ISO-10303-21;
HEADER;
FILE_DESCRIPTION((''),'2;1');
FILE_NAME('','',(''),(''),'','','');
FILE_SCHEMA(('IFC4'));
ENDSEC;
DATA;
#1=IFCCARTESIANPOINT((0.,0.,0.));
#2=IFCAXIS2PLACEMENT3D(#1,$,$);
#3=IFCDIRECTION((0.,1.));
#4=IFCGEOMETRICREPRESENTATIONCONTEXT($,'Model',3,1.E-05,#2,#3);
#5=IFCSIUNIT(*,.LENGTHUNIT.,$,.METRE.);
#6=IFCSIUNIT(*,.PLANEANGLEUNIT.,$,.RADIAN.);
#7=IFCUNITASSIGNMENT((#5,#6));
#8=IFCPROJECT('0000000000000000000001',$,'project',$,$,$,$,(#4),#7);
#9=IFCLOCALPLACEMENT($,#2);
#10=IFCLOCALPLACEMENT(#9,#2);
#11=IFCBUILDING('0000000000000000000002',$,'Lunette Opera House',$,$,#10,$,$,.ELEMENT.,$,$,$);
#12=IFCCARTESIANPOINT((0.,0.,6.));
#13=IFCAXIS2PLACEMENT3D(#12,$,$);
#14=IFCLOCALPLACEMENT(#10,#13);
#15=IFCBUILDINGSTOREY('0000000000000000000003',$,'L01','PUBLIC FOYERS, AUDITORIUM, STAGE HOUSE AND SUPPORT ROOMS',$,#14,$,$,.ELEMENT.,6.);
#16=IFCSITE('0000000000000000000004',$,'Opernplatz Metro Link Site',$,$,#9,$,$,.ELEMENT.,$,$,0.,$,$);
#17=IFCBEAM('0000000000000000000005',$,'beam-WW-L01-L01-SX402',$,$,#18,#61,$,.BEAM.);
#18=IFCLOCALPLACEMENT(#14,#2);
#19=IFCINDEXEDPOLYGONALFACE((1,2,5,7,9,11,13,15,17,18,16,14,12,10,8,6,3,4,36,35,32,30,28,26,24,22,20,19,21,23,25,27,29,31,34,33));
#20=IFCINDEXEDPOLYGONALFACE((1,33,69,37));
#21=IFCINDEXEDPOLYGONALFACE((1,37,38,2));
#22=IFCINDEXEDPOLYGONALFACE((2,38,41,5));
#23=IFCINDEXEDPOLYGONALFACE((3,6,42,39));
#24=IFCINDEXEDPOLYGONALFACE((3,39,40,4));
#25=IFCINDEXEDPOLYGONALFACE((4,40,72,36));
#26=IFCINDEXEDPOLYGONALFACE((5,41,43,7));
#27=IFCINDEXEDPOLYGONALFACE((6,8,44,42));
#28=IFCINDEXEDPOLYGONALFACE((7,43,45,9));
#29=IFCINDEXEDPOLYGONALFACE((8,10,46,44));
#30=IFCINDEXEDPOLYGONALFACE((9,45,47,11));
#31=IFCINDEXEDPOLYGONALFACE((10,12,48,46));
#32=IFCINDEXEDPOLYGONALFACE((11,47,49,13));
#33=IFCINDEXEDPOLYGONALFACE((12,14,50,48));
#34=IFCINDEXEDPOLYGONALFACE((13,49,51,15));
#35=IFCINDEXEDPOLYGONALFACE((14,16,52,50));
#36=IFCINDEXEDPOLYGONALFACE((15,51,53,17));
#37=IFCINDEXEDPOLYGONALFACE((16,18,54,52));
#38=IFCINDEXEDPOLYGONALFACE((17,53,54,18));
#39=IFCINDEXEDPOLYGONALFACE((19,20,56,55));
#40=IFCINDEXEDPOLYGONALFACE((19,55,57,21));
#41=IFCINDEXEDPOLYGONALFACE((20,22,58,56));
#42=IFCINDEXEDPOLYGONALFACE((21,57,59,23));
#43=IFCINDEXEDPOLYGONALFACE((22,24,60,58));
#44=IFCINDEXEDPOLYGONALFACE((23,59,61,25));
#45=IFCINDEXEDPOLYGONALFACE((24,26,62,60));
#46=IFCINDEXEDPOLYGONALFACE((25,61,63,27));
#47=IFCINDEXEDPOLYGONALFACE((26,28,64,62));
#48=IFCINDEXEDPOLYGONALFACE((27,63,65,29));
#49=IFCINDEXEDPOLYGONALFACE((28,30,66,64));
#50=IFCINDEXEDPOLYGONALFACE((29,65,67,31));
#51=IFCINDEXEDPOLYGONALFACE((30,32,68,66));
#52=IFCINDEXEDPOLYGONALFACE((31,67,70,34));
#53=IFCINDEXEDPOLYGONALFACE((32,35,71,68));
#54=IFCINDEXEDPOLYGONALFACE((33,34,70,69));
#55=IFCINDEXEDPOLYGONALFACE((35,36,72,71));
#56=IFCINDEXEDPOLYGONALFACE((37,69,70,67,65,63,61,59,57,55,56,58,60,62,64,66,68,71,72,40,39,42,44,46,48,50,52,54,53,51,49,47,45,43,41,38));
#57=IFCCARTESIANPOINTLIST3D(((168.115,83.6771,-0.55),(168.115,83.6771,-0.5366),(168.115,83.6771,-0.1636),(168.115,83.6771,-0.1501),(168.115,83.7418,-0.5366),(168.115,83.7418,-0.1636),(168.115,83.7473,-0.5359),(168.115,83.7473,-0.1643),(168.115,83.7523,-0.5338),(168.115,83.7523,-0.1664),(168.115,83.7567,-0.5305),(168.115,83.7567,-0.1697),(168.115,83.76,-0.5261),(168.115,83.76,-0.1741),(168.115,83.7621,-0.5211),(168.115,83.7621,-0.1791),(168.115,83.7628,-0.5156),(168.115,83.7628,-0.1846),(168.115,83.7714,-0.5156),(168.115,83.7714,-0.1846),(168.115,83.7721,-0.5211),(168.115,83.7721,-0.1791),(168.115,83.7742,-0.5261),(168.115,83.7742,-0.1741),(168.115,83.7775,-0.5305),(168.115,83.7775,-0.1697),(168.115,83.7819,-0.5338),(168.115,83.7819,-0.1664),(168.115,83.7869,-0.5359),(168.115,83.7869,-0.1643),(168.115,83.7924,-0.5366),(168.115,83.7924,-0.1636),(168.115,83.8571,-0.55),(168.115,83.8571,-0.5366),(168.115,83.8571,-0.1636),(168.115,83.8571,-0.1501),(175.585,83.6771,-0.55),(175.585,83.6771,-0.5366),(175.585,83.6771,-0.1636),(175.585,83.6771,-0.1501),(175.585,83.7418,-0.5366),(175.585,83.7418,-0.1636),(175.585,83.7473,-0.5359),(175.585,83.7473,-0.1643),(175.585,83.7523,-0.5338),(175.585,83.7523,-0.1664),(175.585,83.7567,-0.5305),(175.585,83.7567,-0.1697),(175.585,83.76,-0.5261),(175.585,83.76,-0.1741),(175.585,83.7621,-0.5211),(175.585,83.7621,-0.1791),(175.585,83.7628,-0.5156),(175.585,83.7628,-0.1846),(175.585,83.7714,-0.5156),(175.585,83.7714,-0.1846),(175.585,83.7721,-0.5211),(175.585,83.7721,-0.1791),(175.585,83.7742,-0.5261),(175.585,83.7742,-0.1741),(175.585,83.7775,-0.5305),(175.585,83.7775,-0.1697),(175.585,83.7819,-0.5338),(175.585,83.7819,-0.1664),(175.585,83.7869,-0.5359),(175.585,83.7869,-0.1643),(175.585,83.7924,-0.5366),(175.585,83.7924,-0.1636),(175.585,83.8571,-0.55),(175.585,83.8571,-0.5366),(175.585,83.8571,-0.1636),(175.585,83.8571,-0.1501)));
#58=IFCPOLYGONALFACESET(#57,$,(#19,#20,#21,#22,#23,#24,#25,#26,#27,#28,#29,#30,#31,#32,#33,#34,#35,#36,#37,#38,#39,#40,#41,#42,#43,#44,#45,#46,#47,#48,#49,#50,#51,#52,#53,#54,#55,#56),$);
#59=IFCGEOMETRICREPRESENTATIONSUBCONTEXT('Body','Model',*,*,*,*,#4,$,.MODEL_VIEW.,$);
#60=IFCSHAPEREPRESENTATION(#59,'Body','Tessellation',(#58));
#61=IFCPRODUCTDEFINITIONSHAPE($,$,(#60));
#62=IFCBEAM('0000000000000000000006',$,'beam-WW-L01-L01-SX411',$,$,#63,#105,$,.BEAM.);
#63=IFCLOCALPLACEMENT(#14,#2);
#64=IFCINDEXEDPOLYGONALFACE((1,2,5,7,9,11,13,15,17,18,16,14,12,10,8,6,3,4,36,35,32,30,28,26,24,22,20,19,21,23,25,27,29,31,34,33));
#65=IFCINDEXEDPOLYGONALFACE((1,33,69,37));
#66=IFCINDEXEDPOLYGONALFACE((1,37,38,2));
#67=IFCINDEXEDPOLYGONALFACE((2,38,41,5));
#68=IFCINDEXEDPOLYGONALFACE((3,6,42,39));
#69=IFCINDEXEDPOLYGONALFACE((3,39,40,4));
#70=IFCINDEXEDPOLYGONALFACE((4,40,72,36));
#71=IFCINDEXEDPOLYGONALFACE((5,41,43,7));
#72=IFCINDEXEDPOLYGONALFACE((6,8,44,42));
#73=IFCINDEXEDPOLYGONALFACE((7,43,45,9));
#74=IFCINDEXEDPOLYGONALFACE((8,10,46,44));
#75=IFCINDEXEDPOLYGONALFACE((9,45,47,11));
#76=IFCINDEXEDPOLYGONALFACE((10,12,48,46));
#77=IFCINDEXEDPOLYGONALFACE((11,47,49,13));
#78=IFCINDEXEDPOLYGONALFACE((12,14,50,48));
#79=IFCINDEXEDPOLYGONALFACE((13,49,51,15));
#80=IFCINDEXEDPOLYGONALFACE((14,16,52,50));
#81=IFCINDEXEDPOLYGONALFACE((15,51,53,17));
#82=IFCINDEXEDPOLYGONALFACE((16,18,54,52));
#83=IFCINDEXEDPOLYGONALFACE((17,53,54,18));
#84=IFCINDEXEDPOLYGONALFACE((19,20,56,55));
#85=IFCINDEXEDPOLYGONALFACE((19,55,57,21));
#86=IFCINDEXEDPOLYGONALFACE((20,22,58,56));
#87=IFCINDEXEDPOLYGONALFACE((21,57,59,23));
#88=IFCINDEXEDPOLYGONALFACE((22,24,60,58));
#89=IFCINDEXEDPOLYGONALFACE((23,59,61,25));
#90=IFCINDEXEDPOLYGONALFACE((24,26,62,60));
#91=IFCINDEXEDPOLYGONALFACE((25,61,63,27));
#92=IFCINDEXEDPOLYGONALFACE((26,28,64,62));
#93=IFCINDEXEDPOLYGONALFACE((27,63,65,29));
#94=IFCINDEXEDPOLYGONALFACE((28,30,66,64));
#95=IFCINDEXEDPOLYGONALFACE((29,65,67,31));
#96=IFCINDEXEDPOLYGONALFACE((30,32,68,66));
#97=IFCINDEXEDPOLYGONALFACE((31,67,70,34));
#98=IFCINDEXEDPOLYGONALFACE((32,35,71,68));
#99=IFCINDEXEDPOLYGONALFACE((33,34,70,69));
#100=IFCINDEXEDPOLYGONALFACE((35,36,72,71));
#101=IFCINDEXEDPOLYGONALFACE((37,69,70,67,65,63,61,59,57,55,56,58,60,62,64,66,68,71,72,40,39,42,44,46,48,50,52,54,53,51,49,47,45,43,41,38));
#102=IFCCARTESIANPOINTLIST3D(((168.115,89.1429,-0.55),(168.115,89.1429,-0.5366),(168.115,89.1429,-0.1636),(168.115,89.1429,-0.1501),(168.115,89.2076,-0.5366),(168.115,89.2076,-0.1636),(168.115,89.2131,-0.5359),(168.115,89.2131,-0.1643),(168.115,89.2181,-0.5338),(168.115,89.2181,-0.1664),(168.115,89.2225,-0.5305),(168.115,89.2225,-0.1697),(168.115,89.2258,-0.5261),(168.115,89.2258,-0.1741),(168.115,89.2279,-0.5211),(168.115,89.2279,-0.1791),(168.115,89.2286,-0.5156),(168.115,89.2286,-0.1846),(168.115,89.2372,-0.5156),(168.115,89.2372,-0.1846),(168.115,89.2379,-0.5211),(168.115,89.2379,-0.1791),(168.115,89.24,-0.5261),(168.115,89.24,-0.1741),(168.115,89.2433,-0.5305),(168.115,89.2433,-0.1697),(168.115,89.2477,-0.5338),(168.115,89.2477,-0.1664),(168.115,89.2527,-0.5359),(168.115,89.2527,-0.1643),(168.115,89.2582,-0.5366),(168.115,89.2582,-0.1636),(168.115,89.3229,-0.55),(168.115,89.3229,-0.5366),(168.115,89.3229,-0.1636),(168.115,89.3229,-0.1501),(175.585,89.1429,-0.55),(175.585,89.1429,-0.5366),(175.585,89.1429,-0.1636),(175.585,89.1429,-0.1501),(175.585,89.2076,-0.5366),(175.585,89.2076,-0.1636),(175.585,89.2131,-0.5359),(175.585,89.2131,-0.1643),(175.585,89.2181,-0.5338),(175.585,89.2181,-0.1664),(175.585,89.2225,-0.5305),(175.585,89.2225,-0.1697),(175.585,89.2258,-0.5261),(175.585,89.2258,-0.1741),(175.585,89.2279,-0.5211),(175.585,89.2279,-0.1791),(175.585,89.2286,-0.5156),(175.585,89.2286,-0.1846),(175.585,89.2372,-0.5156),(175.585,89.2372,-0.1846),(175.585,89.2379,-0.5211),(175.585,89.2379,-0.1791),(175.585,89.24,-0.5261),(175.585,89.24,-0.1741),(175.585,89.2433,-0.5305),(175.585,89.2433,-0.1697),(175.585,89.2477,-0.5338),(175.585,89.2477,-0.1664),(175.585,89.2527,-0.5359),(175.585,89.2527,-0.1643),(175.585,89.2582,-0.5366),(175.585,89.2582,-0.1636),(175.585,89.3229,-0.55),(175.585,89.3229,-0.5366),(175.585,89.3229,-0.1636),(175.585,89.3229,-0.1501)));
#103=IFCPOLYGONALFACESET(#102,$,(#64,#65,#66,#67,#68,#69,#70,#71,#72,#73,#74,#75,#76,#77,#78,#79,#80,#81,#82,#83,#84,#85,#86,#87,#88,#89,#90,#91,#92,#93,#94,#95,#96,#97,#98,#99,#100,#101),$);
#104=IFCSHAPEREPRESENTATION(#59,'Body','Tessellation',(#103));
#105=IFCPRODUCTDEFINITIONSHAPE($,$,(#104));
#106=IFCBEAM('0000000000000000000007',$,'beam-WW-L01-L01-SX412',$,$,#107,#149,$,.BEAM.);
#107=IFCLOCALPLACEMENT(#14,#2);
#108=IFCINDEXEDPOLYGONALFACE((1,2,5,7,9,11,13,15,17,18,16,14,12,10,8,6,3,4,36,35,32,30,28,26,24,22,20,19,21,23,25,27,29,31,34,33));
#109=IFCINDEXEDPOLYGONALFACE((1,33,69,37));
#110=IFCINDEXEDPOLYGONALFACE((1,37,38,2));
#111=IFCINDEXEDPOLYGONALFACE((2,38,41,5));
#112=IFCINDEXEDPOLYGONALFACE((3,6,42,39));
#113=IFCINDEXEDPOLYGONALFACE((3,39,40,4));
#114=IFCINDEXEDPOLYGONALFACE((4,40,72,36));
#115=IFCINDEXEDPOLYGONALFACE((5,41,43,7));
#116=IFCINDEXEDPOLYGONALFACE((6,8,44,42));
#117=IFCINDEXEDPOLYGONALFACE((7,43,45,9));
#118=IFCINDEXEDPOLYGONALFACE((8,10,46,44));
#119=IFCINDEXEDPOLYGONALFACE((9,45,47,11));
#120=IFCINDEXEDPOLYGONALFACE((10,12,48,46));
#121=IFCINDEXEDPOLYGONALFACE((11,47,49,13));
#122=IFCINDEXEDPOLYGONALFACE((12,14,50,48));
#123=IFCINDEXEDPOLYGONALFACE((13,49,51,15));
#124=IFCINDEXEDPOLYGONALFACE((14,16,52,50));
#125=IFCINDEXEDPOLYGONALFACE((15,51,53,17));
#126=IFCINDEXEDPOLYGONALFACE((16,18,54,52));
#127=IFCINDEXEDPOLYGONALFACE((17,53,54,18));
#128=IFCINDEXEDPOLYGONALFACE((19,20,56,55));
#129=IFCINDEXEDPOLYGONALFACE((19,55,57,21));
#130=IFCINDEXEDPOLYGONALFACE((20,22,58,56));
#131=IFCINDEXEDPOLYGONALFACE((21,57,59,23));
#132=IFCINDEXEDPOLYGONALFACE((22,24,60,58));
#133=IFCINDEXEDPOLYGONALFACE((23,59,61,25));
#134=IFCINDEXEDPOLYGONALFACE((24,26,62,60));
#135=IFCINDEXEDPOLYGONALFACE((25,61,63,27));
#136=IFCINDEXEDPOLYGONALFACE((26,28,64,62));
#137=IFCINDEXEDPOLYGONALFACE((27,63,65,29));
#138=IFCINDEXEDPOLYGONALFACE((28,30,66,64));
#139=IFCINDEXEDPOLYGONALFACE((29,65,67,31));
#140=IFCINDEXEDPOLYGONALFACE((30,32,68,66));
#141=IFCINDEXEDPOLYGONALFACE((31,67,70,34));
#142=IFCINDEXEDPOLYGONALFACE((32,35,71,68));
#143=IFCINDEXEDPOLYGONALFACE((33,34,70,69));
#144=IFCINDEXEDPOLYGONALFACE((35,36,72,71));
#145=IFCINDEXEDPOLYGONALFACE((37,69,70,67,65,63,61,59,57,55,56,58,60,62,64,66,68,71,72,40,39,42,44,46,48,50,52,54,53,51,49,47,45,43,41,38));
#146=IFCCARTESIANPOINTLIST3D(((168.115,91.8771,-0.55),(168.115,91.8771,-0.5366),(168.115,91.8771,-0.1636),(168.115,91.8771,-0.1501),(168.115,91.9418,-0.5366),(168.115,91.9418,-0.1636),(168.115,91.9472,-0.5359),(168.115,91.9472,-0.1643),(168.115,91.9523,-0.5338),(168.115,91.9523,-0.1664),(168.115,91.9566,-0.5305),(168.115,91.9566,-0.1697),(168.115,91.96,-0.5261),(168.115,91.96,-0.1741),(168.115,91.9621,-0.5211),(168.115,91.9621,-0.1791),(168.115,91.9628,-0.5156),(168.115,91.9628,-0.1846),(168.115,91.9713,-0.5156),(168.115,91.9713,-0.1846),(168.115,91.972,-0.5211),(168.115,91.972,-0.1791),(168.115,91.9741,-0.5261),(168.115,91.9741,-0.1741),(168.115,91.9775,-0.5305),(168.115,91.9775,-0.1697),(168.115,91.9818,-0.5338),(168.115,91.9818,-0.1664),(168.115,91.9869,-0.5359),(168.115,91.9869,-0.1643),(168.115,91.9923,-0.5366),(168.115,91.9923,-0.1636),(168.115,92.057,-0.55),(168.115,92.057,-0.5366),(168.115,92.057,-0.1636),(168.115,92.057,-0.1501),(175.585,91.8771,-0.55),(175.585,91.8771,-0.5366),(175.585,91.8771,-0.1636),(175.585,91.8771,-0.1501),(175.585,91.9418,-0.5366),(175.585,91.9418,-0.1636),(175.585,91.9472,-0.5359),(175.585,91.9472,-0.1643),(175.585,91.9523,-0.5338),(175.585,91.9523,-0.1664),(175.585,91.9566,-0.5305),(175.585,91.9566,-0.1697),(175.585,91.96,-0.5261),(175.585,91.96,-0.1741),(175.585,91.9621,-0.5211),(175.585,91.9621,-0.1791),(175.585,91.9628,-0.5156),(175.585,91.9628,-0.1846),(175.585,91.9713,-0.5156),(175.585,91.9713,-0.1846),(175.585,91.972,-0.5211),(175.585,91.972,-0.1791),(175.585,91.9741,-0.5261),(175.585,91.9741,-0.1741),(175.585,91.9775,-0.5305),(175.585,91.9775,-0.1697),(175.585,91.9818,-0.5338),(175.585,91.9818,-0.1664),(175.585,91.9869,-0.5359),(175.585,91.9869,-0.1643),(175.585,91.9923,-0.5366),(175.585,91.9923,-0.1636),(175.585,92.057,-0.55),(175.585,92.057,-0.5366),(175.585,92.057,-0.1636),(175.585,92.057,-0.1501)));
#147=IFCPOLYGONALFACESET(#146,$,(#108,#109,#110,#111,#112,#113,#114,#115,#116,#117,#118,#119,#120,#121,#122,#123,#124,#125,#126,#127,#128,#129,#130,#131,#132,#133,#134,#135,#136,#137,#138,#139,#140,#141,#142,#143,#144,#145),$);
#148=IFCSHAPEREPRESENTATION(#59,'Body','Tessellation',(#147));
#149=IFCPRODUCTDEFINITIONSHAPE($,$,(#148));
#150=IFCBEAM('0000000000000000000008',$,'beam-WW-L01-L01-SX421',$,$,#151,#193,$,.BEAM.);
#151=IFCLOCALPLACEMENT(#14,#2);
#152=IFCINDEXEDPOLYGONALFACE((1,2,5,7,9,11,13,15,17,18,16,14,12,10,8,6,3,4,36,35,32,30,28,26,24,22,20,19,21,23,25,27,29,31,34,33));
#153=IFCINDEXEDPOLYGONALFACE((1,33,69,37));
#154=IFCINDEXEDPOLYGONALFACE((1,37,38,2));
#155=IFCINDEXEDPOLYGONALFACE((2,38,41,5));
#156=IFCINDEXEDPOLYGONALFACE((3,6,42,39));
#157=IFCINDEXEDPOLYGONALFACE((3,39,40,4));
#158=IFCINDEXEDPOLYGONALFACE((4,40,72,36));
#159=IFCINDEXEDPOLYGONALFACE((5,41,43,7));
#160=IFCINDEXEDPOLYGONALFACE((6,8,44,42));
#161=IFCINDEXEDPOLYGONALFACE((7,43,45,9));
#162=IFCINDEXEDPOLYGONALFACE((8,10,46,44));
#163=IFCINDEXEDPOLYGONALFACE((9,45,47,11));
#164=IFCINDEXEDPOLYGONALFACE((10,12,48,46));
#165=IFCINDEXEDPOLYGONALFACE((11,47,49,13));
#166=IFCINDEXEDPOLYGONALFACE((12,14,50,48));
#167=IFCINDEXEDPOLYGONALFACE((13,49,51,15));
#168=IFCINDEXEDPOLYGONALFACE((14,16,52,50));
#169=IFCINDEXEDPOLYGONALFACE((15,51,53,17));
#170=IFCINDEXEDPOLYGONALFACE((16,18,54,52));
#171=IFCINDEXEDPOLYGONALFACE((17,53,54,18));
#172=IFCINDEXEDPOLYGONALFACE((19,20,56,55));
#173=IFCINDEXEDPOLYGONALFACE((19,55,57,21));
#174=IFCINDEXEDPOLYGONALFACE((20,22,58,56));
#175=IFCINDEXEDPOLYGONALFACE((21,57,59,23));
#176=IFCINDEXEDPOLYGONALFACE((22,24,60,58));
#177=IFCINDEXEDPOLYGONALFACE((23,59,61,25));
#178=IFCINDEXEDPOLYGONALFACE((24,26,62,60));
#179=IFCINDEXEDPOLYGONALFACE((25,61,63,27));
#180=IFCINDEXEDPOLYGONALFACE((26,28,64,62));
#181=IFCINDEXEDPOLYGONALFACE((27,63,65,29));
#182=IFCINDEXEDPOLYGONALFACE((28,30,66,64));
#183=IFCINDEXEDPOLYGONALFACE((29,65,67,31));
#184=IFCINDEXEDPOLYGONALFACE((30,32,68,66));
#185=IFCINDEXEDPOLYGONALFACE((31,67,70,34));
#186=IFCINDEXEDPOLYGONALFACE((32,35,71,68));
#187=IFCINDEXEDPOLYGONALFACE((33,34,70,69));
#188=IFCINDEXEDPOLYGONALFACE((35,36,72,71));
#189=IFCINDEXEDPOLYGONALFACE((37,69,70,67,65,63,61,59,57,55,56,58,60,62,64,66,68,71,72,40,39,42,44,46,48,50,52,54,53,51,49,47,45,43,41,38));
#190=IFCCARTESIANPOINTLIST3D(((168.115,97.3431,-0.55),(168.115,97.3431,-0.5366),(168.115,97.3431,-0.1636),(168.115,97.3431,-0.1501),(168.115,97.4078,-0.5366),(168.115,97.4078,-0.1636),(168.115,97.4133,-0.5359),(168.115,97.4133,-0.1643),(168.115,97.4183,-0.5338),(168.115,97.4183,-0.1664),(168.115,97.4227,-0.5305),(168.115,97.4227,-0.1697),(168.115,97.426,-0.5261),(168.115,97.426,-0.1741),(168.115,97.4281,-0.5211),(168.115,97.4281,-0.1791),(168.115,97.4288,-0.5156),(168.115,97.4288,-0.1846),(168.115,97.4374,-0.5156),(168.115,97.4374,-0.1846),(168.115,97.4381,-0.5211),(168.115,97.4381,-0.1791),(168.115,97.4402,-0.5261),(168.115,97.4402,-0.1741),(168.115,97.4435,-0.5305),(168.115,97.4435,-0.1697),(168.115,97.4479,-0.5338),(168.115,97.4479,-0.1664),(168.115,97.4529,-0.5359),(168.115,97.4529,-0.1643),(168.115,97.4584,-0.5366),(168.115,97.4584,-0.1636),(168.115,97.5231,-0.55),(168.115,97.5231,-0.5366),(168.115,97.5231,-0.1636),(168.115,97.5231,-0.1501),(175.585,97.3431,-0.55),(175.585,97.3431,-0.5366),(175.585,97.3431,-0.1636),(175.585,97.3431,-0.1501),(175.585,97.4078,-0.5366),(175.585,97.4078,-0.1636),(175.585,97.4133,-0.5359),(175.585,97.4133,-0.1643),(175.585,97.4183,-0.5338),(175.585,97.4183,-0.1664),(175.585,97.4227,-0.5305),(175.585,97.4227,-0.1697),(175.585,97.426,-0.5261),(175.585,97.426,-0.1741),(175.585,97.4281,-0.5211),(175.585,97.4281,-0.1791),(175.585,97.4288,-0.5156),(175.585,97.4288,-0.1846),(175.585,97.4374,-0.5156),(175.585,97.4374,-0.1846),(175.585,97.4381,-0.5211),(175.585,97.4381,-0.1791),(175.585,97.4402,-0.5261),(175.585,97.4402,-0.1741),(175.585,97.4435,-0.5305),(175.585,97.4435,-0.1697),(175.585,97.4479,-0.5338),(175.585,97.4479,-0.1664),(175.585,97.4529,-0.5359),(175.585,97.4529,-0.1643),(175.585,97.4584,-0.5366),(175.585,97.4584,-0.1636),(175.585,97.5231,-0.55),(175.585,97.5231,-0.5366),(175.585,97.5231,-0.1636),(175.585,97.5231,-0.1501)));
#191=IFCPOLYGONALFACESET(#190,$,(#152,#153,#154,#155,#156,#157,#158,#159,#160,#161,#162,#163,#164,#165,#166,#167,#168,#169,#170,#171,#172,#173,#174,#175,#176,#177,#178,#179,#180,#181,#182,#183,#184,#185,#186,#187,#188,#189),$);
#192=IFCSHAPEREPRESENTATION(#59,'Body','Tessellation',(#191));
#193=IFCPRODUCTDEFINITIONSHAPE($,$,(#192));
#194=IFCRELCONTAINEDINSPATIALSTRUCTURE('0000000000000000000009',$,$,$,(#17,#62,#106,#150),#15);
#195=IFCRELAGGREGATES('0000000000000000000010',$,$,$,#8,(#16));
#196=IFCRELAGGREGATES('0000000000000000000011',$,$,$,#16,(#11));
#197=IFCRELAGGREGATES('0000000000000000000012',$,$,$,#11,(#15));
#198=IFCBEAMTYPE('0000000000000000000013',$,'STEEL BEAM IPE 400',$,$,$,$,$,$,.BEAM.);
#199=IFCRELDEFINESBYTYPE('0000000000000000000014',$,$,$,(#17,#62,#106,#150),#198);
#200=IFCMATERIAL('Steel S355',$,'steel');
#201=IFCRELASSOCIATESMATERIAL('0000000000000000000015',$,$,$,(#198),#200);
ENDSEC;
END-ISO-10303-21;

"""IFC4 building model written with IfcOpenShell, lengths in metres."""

from ifc_helpers import new_model, si_unit, direction, frame, origin, origin_2d, place, context, subcontext, project, spatial, i_section, extrude, material, material_profile, profile_set, type_object, element, save


model = new_model("IFC4")

# Units and contexts
model_context = context("Model", 3, precision=1e-05, world=origin(), true_north=direction((0.0, 1.0)))
body_context = subcontext(model_context, "Body", "Model", "MODEL_VIEW")
ifc_project = project(units=[si_unit("LENGTHUNIT", "METRE"), si_unit("PLANEANGLEUNIT", "RADIAN")], contexts=[model_context])

# Site, building, storey
site_placement = place(None, origin())
site = spatial("IfcSite", under=ifc_project, at=site_placement, Name="Opernplatz Metro Link Site", CompositionType="ELEMENT", RefElevation=0.0)
building_placement = place(site_placement, origin())
building = spatial("IfcBuilding", under=site, at=building_placement, Name="Lunette Opera House", CompositionType="ELEMENT")
storey_placement = place(building_placement, frame((0.0, 0.0, 6.0)))
storey = spatial("IfcBuildingStorey", under=building, at=storey_placement, Name="L01", Description="PUBLIC FOYERS, AUDITORIUM, STAGE HOUSE AND SUPPORT ROOMS", CompositionType="ELEMENT", Elevation=6.0)

# Beams
ifc_material_1 = material(Name="Steel S355", Category="steel")
ifc_material_profile_1 = material_profile(ifc_material_1, i_section(OverallWidth=0.1799, OverallDepth=0.3999, WebThickness=0.0085, FlangeThickness=0.0134, FilletRadius=0.021, at=origin_2d()), Name="IPE 400")
ifc_profile_set_1 = profile_set([ifc_material_profile_1], Name="Steel S355")
beam_type_1 = type_object("IfcBeamType", Name="STEEL BEAM IPE 400", PredefinedType="BEAM", material=ifc_profile_set_1)
for number, where, z_axis, x_axis, name in (
    (1, (168.115, 83.7671, -0.3501), (1.0, 0.0, 0.0), (0.0, 1.0, 0.0), "beam-WW-L01-L01-SX402"),
    (2, (168.115, 89.2329, -0.3501), (1.0, 0.0, 0.0), (0.0, 1.0, 0.0), "beam-WW-L01-L01-SX411"),
    (3, (168.115, 91.967, -0.3501), (1.0, 0.0, 0.0), (0.0, 1.0, 0.0), "beam-WW-L01-L01-SX412"),
    (4, (168.115, 97.4331, -0.3501), (1.0, 0.0, 0.0), (0.0, 1.0, 0.0), "beam-WW-L01-L01-SX421"),
):
    element("IfcBeam", number, at=place(storey_placement, frame(where, z_axis=z_axis, x_axis=x_axis)), inside=storey, type_object=beam_type_1, Name=name, PredefinedType="BEAM", context=body_context, shape_type="SweptSolid", body=[
        extrude(i_section(OverallWidth=0.1799, OverallDepth=0.3999, WebThickness=0.0085, FlangeThickness=0.0134, FilletRadius=0.021, at=origin_2d()), origin(), (0.0, 0.0, 1.0), 7.47),
    ])

save(model, "model.ifc")
